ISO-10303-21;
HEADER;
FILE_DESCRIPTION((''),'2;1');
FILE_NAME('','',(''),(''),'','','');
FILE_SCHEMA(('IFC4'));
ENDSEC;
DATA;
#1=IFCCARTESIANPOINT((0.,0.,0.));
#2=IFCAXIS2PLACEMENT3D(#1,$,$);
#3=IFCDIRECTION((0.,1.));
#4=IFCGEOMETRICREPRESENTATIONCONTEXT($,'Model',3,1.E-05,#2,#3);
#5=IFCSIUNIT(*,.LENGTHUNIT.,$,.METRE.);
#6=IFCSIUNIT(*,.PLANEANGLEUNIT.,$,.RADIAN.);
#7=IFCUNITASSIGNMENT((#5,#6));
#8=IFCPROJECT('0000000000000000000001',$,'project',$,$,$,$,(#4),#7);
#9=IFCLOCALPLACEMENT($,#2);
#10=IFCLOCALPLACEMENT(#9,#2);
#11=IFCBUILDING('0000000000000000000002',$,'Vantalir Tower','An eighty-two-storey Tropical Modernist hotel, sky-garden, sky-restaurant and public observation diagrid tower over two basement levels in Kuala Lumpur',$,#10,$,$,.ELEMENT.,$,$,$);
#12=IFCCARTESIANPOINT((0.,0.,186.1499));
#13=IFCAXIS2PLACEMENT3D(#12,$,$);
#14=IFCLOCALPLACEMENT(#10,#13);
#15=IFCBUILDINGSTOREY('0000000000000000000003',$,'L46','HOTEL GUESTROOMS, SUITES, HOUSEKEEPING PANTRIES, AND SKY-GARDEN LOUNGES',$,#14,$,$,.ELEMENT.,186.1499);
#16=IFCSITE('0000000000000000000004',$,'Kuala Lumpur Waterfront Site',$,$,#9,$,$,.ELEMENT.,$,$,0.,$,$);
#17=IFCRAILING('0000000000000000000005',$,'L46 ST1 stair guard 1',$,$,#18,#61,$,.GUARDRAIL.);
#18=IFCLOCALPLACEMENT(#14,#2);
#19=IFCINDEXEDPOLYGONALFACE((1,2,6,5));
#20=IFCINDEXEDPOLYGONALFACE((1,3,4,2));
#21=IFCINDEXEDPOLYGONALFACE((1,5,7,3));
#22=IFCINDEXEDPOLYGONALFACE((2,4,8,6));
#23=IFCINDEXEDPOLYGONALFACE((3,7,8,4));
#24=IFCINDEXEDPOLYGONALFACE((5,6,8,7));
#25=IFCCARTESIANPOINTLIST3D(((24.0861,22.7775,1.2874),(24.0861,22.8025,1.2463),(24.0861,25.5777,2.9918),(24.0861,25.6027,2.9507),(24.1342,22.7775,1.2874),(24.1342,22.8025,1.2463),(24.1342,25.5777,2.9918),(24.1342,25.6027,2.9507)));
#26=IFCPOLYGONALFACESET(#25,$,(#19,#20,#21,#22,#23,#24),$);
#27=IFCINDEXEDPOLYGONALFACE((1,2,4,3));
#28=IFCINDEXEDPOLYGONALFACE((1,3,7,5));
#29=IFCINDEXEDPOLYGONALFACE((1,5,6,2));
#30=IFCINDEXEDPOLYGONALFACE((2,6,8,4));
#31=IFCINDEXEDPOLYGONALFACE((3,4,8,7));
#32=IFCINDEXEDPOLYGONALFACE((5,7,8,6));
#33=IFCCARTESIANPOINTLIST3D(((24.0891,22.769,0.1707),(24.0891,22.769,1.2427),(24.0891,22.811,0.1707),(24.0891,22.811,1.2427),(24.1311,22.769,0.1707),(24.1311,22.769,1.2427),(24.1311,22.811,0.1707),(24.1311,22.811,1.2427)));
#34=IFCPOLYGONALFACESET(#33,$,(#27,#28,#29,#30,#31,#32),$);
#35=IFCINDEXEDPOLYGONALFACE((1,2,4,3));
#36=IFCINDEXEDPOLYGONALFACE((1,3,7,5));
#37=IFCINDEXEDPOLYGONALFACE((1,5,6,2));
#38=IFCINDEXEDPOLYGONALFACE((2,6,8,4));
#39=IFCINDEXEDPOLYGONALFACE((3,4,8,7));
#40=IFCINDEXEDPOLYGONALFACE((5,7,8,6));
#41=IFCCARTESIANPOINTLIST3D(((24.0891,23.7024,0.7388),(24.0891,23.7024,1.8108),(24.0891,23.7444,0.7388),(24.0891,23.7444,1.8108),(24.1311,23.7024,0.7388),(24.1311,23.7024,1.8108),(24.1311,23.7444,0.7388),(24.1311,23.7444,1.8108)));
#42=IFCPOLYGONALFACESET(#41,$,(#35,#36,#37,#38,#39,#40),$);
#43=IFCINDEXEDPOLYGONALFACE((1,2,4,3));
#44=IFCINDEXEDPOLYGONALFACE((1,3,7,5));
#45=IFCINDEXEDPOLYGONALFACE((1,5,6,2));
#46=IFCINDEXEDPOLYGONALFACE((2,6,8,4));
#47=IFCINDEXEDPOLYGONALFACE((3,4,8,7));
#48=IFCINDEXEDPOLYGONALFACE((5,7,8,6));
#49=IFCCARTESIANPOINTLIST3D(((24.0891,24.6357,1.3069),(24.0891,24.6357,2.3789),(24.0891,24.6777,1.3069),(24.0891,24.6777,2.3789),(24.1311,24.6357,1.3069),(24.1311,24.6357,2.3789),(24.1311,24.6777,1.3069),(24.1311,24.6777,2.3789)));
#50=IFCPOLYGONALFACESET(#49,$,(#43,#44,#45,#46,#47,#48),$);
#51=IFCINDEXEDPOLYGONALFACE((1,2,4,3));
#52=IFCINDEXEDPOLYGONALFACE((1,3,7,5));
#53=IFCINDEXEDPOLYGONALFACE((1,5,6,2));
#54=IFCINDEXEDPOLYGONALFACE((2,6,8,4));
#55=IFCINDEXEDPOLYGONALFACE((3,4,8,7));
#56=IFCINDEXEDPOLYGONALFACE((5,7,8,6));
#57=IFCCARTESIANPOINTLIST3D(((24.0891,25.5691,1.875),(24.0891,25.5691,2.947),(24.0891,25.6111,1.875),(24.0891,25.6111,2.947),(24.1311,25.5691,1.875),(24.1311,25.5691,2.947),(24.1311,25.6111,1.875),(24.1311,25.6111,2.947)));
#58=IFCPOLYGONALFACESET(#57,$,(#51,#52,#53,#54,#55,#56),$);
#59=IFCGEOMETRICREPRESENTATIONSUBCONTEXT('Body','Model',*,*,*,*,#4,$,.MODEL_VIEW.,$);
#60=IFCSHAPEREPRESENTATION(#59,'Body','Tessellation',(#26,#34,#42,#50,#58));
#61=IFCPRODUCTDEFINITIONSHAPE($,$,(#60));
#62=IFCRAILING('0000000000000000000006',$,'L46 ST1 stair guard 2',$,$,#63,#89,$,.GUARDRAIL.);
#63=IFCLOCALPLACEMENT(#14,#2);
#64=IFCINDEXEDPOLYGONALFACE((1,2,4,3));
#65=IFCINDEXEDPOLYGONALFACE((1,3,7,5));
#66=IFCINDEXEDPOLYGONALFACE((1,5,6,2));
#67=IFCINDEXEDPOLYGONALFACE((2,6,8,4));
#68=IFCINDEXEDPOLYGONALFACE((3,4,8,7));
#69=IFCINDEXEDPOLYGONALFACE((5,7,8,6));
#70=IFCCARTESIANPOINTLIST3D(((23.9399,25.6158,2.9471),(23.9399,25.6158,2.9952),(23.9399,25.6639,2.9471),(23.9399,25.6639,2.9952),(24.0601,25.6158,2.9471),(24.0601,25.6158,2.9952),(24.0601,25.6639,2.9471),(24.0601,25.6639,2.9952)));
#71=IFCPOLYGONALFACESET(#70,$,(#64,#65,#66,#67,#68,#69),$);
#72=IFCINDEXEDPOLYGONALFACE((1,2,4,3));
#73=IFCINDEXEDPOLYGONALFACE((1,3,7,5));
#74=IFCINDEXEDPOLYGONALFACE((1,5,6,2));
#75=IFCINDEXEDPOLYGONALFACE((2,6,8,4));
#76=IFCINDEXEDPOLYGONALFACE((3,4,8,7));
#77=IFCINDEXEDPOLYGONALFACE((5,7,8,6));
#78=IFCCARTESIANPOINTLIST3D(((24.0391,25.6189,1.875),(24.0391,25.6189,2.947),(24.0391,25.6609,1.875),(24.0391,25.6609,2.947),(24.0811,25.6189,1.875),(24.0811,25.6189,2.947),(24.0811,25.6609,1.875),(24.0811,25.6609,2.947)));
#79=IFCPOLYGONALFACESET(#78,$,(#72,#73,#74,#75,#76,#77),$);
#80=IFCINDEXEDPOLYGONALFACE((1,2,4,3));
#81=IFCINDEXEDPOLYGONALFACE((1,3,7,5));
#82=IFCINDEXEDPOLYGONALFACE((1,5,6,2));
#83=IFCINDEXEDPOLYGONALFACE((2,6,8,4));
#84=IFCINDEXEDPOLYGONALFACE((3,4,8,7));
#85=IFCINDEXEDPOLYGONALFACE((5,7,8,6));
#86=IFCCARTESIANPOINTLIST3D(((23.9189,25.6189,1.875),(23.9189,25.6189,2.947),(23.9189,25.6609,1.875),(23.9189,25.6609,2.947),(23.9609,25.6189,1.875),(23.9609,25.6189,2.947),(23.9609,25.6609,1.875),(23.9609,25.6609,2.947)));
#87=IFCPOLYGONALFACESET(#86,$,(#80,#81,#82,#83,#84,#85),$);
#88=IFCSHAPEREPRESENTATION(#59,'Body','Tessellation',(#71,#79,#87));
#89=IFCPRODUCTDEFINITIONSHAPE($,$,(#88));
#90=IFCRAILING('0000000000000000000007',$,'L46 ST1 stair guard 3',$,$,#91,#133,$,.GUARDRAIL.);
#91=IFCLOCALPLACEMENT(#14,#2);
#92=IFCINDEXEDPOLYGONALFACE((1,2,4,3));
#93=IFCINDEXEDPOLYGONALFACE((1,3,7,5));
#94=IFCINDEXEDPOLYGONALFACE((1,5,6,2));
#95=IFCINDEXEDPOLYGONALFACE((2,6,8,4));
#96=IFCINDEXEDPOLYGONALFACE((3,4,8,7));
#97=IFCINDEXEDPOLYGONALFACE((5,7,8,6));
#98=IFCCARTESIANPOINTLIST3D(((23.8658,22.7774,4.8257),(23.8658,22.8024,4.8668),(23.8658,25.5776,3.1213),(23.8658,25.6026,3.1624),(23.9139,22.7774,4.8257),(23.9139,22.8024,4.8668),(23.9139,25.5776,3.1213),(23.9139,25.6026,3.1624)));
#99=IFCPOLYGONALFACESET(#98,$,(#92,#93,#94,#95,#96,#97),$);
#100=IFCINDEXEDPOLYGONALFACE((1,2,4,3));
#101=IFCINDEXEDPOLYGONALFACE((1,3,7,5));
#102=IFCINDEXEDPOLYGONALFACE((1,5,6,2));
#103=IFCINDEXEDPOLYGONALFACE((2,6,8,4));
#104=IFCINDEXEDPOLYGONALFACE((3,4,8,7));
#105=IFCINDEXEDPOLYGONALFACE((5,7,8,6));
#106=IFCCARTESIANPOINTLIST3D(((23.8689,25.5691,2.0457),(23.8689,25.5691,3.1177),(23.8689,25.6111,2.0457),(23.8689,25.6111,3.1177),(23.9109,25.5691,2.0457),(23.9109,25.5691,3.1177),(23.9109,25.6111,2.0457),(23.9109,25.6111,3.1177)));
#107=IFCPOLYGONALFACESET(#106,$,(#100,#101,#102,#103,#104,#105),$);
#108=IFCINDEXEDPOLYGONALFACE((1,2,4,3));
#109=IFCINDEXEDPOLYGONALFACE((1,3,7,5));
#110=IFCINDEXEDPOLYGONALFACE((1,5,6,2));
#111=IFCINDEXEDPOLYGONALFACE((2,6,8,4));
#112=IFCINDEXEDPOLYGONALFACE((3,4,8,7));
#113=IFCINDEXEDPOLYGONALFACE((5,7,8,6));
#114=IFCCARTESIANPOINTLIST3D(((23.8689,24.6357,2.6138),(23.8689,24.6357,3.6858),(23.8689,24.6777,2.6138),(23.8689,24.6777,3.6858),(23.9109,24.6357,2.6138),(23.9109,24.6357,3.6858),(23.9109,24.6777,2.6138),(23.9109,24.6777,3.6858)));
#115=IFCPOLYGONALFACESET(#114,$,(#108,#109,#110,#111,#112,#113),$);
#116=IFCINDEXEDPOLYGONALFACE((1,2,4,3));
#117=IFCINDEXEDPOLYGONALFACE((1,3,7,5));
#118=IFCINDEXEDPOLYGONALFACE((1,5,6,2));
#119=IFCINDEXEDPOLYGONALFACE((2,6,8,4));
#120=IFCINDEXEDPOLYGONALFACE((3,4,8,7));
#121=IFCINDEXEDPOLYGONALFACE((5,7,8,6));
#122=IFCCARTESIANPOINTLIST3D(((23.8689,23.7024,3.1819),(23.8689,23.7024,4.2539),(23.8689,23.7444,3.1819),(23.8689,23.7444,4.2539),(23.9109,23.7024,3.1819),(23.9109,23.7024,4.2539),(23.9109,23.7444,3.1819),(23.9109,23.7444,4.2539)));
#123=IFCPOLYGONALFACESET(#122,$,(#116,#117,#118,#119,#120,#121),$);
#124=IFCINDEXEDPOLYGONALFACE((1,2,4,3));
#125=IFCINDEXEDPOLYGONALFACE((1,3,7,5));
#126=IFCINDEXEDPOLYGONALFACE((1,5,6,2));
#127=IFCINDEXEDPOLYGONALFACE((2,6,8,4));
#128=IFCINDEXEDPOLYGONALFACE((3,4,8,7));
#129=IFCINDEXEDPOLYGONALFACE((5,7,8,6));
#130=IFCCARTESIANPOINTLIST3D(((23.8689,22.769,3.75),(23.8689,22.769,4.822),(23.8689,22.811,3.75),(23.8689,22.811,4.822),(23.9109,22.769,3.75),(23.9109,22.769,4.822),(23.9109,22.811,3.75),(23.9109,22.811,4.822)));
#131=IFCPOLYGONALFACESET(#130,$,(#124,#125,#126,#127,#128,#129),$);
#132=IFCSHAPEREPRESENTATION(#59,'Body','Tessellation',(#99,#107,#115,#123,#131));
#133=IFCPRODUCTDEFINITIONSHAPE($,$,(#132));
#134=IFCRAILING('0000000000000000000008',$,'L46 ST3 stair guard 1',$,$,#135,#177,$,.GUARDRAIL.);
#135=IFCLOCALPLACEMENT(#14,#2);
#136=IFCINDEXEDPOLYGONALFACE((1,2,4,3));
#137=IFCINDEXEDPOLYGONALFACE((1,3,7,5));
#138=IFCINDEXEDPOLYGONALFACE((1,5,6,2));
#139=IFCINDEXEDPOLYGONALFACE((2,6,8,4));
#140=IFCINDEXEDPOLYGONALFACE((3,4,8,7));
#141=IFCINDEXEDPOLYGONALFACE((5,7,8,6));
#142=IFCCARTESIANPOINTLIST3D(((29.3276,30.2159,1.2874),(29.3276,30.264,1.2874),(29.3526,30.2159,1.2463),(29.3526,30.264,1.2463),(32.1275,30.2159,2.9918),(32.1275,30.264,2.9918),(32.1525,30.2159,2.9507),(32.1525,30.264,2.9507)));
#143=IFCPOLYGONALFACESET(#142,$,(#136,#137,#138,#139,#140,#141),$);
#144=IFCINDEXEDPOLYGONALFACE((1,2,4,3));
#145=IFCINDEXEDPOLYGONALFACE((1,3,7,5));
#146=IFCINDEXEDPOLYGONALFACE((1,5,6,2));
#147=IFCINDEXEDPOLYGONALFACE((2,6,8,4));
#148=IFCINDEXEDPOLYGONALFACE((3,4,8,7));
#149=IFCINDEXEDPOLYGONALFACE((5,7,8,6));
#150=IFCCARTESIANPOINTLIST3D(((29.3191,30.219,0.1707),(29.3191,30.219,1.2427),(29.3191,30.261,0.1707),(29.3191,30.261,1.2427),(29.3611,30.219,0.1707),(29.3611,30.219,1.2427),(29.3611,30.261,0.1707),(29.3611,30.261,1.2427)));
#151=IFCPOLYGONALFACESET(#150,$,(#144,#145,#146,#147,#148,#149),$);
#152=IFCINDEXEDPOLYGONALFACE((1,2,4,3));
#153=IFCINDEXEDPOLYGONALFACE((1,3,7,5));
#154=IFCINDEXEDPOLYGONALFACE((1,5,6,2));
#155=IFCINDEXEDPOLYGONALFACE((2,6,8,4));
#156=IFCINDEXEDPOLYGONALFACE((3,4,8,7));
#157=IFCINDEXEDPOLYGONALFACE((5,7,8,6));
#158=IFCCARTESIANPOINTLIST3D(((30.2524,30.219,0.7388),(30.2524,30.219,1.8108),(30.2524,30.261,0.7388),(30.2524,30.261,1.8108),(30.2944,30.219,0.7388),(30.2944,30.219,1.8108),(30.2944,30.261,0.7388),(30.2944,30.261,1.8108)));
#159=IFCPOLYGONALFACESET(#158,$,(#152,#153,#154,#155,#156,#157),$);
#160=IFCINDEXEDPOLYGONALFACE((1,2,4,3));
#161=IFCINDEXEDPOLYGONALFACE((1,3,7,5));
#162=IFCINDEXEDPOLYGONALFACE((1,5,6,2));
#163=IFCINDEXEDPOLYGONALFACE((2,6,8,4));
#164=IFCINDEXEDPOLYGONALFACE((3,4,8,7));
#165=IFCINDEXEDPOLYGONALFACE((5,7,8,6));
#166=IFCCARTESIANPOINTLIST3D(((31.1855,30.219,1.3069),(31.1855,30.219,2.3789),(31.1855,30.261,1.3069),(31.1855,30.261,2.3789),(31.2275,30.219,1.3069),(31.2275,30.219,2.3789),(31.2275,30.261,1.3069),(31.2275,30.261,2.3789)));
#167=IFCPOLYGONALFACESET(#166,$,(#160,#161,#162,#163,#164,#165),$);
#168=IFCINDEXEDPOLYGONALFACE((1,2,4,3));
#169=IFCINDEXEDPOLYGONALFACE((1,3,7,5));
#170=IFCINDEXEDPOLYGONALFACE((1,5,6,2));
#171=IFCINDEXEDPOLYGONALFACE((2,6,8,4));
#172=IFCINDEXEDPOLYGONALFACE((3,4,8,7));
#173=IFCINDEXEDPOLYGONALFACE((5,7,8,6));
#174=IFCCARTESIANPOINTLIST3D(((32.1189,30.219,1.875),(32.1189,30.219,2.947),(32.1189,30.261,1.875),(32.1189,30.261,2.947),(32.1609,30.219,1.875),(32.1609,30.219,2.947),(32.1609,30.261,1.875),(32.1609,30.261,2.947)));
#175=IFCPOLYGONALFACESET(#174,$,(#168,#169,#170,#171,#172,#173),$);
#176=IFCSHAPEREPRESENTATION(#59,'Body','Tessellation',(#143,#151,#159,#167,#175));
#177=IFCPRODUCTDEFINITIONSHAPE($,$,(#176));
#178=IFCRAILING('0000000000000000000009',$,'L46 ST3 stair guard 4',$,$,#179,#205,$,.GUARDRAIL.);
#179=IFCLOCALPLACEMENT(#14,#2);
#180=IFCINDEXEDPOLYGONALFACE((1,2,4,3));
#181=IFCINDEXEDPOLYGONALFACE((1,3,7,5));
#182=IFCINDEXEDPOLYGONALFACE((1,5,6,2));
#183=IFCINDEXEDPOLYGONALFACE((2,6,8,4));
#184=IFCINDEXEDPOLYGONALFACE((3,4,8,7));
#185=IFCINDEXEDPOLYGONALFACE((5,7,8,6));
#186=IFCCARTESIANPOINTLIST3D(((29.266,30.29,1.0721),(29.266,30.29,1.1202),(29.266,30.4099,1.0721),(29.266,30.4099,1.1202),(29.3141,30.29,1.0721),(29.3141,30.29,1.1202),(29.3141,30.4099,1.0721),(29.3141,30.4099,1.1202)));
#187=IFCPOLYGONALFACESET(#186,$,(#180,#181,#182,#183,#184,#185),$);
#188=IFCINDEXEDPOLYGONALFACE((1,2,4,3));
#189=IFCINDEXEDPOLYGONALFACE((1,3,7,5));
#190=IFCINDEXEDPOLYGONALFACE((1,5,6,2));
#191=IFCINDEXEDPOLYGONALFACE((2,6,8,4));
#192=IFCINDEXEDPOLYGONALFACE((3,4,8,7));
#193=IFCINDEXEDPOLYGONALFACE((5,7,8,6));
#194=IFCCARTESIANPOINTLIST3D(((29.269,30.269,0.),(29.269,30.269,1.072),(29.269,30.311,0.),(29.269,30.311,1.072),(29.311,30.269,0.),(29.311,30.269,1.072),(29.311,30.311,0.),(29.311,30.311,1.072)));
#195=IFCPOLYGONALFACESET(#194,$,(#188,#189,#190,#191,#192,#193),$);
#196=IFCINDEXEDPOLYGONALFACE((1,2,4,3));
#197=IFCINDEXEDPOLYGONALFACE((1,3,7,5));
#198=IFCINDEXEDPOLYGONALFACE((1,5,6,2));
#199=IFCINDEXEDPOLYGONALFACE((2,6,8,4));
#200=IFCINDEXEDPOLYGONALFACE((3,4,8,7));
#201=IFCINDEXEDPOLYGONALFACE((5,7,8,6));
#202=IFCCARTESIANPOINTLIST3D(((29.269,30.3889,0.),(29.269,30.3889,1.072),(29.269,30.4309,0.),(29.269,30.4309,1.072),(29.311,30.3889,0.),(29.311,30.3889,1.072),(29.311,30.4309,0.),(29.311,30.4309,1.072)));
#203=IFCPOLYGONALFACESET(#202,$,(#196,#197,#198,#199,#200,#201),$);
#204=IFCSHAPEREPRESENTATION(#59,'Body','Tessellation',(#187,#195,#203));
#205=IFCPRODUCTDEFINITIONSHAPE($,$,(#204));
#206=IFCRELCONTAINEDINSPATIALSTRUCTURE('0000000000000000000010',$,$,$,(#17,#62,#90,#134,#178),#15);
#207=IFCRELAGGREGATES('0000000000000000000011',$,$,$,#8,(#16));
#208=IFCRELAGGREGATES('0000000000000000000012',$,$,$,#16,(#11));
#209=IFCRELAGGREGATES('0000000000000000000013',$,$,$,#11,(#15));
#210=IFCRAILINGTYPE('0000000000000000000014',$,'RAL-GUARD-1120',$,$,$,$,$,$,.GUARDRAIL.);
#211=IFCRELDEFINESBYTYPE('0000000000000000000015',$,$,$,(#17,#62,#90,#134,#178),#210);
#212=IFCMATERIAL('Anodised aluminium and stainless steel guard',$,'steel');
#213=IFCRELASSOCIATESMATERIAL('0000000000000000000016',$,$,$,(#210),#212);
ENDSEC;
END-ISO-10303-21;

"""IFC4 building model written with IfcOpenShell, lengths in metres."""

from ifc_helpers import new_model, si_unit, direction, frame, origin, origin_2d, place, context, subcontext, project, spatial, rectangle, extrude, material, type_object, element, save


model = new_model("IFC4")

# Units and contexts
model_context = context("Model", 3, precision=1e-05, world=origin(), true_north=direction((0.0, 1.0)))
body_context = subcontext(model_context, "Body", "Model", "MODEL_VIEW")
ifc_project = project(units=[si_unit("LENGTHUNIT", "METRE"), si_unit("PLANEANGLEUNIT", "RADIAN")], contexts=[model_context])

# Site, building, storey
site_placement = place(None, origin())
site = spatial("IfcSite", under=ifc_project, at=site_placement, Name="Kuala Lumpur Waterfront Site", CompositionType="ELEMENT", RefElevation=0.0)
building_placement = place(site_placement, origin())
building = spatial("IfcBuilding", under=site, at=building_placement, Name="Vantalir Tower", Description="An eighty-two-storey Tropical Modernist hotel, sky-garden, sky-restaurant and public observation diagrid tower over two basement levels in Kuala Lumpur", CompositionType="ELEMENT")
storey_placement = place(building_placement, frame((0.0, 0.0, 186.1499)))
storey = spatial("IfcBuildingStorey", under=building, at=storey_placement, Name="L46", Description="HOTEL GUESTROOMS, SUITES, HOUSEKEEPING PANTRIES, AND SKY-GARDEN LOUNGES", CompositionType="ELEMENT", Elevation=186.1499)

# Railings
ifc_material_1 = material(Name="Anodised aluminium and stainless steel guard", Category="steel")
railing_type_1 = type_object("IfcRailingType", Name="RAL-GUARD-1120", PredefinedType="GUARDRAIL", material=ifc_material_1)
railing_1_placement = place(storey_placement, frame((24.1101, 22.79, 0.1707)))
element("IfcRailing", 1, at=railing_1_placement, inside=storey, type_object=railing_type_1, Name="L46 ST1 stair guard 1", PredefinedType="GUARDRAIL", context=body_context, shape_type="SweptSolid", body=[
    extrude(rectangle(XDim=0.0481, YDim=0.0481, at=origin_2d()), frame((0.0, 0.0, 1.0962), z_axis=(0.0, 0.854203, 0.51994), x_axis=(-1.0, 0.0, 0.0)), (0.0, 0.0, 1.0), 3.2781),
    extrude(rectangle(XDim=0.042, YDim=0.042, at=origin_2d()), origin(), (0.0, 0.0, 1.0), 1.072),
    extrude(rectangle(XDim=0.042, YDim=0.042, at=origin_2d()), frame((0.0, 0.9333, 0.5681)), (0.0, 0.0, 1.0), 1.072),
    extrude(rectangle(XDim=0.042, YDim=0.042, at=origin_2d()), frame((0.0, 1.8667, 1.1362)), (0.0, 0.0, 1.0), 1.072),
    extrude(rectangle(XDim=0.042, YDim=0.042, at=origin_2d()), frame((0.0, 2.8, 1.7043)), (0.0, 0.0, 1.0), 1.072),
])
railing_2_placement = place(storey_placement, frame((24.0601, 25.6399, 1.875)))
element("IfcRailing", 2, at=railing_2_placement, inside=storey, type_object=railing_type_1, Name="L46 ST1 stair guard 2", PredefinedType="GUARDRAIL", context=body_context, shape_type="SweptSolid", body=[
    extrude(rectangle(XDim=0.0481, YDim=0.0481, at=origin_2d()), frame((0.0, 0.0, 1.0962), z_axis=(-1.0, 0.0, 0.0), x_axis=(0.0, -1.0, 0.0)), (0.0, 0.0, 1.0), 0.1201),
    extrude(rectangle(XDim=0.042, YDim=0.042, at=origin_2d()), origin(), (0.0, 0.0, 1.0), 1.072),
    extrude(rectangle(XDim=0.042, YDim=0.042, at=origin_2d()), frame((-0.1201, 0.0, 0.0)), (0.0, 0.0, 1.0), 1.072),
])
railing_3_placement = place(storey_placement, frame((23.8899, 25.5901, 2.0457)))
element("IfcRailing", 3, at=railing_3_placement, inside=storey, type_object=railing_type_1, Name="L46 ST1 stair guard 3", PredefinedType="GUARDRAIL", context=body_context, shape_type="SweptSolid", body=[
    extrude(rectangle(XDim=0.0481, YDim=0.0481, at=origin_2d()), frame((0.0, 0.0, 1.0962), z_axis=(0.0, -0.854203, 0.51994), x_axis=(1.0, 0.0, 0.0)), (0.0, 0.0, 1.0), 3.2781),
    extrude(rectangle(XDim=0.042, YDim=0.042, at=origin_2d()), origin(), (0.0, 0.0, 1.0), 1.072),
    extrude(rectangle(XDim=0.042, YDim=0.042, at=origin_2d()), frame((0.0, -0.9333, 0.5681)), (0.0, 0.0, 1.0), 1.072),
    extrude(rectangle(XDim=0.042, YDim=0.042, at=origin_2d()), frame((0.0, -1.8667, 1.1362)), (0.0, 0.0, 1.0), 1.072),
    extrude(rectangle(XDim=0.042, YDim=0.042, at=origin_2d()), frame((0.0, -2.8, 1.7043)), (0.0, 0.0, 1.0), 1.072),
])
railing_4_placement = place(storey_placement, frame((29.3401, 30.24, 0.1707)))
element("IfcRailing", 4, at=railing_4_placement, inside=storey, type_object=railing_type_1, Name="L46 ST3 stair guard 1", PredefinedType="GUARDRAIL", context=body_context, shape_type="SweptSolid", body=[
    extrude(rectangle(XDim=0.0481, YDim=0.0481, at=origin_2d()), frame((0.0, 0.0, 1.0962), z_axis=(0.854183, 0.0, 0.519973), x_axis=(0.0, 1.0, 0.0)), (0.0, 0.0, 1.0), 3.2778),
    extrude(rectangle(XDim=0.042, YDim=0.042, at=origin_2d()), origin(), (0.0, 0.0, 1.0), 1.072),
    extrude(rectangle(XDim=0.042, YDim=0.042, at=origin_2d()), frame((0.9333, 0.0, 0.5681)), (0.0, 0.0, 1.0), 1.072),
    extrude(rectangle(XDim=0.042, YDim=0.042, at=origin_2d()), frame((1.8665, 0.0, 1.1362)), (0.0, 0.0, 1.0), 1.072),
    extrude(rectangle(XDim=0.042, YDim=0.042, at=origin_2d()), frame((2.7998, 0.0, 1.7043)), (0.0, 0.0, 1.0), 1.072),
])
railing_5_placement = place(storey_placement, frame((29.29, 30.29, 0.0)))
element("IfcRailing", 5, at=railing_5_placement, inside=storey, type_object=railing_type_1, Name="L46 ST3 stair guard 4", PredefinedType="GUARDRAIL", context=body_context, shape_type="SweptSolid", body=[
    extrude(rectangle(XDim=0.0481, YDim=0.0481, at=origin_2d()), frame((0.0, 0.0, 1.0962), z_axis=(0.0, 1.0, 0.0), x_axis=(-1.0, 0.0, 0.0)), (0.0, 0.0, 1.0), 0.1199),
    extrude(rectangle(XDim=0.042, YDim=0.042, at=origin_2d()), origin(), (0.0, 0.0, 1.0), 1.072),
    extrude(rectangle(XDim=0.042, YDim=0.042, at=origin_2d()), frame((0.0, 0.1199, 0.0)), (0.0, 0.0, 1.0), 1.072),
])

save(model, "model.ifc")
